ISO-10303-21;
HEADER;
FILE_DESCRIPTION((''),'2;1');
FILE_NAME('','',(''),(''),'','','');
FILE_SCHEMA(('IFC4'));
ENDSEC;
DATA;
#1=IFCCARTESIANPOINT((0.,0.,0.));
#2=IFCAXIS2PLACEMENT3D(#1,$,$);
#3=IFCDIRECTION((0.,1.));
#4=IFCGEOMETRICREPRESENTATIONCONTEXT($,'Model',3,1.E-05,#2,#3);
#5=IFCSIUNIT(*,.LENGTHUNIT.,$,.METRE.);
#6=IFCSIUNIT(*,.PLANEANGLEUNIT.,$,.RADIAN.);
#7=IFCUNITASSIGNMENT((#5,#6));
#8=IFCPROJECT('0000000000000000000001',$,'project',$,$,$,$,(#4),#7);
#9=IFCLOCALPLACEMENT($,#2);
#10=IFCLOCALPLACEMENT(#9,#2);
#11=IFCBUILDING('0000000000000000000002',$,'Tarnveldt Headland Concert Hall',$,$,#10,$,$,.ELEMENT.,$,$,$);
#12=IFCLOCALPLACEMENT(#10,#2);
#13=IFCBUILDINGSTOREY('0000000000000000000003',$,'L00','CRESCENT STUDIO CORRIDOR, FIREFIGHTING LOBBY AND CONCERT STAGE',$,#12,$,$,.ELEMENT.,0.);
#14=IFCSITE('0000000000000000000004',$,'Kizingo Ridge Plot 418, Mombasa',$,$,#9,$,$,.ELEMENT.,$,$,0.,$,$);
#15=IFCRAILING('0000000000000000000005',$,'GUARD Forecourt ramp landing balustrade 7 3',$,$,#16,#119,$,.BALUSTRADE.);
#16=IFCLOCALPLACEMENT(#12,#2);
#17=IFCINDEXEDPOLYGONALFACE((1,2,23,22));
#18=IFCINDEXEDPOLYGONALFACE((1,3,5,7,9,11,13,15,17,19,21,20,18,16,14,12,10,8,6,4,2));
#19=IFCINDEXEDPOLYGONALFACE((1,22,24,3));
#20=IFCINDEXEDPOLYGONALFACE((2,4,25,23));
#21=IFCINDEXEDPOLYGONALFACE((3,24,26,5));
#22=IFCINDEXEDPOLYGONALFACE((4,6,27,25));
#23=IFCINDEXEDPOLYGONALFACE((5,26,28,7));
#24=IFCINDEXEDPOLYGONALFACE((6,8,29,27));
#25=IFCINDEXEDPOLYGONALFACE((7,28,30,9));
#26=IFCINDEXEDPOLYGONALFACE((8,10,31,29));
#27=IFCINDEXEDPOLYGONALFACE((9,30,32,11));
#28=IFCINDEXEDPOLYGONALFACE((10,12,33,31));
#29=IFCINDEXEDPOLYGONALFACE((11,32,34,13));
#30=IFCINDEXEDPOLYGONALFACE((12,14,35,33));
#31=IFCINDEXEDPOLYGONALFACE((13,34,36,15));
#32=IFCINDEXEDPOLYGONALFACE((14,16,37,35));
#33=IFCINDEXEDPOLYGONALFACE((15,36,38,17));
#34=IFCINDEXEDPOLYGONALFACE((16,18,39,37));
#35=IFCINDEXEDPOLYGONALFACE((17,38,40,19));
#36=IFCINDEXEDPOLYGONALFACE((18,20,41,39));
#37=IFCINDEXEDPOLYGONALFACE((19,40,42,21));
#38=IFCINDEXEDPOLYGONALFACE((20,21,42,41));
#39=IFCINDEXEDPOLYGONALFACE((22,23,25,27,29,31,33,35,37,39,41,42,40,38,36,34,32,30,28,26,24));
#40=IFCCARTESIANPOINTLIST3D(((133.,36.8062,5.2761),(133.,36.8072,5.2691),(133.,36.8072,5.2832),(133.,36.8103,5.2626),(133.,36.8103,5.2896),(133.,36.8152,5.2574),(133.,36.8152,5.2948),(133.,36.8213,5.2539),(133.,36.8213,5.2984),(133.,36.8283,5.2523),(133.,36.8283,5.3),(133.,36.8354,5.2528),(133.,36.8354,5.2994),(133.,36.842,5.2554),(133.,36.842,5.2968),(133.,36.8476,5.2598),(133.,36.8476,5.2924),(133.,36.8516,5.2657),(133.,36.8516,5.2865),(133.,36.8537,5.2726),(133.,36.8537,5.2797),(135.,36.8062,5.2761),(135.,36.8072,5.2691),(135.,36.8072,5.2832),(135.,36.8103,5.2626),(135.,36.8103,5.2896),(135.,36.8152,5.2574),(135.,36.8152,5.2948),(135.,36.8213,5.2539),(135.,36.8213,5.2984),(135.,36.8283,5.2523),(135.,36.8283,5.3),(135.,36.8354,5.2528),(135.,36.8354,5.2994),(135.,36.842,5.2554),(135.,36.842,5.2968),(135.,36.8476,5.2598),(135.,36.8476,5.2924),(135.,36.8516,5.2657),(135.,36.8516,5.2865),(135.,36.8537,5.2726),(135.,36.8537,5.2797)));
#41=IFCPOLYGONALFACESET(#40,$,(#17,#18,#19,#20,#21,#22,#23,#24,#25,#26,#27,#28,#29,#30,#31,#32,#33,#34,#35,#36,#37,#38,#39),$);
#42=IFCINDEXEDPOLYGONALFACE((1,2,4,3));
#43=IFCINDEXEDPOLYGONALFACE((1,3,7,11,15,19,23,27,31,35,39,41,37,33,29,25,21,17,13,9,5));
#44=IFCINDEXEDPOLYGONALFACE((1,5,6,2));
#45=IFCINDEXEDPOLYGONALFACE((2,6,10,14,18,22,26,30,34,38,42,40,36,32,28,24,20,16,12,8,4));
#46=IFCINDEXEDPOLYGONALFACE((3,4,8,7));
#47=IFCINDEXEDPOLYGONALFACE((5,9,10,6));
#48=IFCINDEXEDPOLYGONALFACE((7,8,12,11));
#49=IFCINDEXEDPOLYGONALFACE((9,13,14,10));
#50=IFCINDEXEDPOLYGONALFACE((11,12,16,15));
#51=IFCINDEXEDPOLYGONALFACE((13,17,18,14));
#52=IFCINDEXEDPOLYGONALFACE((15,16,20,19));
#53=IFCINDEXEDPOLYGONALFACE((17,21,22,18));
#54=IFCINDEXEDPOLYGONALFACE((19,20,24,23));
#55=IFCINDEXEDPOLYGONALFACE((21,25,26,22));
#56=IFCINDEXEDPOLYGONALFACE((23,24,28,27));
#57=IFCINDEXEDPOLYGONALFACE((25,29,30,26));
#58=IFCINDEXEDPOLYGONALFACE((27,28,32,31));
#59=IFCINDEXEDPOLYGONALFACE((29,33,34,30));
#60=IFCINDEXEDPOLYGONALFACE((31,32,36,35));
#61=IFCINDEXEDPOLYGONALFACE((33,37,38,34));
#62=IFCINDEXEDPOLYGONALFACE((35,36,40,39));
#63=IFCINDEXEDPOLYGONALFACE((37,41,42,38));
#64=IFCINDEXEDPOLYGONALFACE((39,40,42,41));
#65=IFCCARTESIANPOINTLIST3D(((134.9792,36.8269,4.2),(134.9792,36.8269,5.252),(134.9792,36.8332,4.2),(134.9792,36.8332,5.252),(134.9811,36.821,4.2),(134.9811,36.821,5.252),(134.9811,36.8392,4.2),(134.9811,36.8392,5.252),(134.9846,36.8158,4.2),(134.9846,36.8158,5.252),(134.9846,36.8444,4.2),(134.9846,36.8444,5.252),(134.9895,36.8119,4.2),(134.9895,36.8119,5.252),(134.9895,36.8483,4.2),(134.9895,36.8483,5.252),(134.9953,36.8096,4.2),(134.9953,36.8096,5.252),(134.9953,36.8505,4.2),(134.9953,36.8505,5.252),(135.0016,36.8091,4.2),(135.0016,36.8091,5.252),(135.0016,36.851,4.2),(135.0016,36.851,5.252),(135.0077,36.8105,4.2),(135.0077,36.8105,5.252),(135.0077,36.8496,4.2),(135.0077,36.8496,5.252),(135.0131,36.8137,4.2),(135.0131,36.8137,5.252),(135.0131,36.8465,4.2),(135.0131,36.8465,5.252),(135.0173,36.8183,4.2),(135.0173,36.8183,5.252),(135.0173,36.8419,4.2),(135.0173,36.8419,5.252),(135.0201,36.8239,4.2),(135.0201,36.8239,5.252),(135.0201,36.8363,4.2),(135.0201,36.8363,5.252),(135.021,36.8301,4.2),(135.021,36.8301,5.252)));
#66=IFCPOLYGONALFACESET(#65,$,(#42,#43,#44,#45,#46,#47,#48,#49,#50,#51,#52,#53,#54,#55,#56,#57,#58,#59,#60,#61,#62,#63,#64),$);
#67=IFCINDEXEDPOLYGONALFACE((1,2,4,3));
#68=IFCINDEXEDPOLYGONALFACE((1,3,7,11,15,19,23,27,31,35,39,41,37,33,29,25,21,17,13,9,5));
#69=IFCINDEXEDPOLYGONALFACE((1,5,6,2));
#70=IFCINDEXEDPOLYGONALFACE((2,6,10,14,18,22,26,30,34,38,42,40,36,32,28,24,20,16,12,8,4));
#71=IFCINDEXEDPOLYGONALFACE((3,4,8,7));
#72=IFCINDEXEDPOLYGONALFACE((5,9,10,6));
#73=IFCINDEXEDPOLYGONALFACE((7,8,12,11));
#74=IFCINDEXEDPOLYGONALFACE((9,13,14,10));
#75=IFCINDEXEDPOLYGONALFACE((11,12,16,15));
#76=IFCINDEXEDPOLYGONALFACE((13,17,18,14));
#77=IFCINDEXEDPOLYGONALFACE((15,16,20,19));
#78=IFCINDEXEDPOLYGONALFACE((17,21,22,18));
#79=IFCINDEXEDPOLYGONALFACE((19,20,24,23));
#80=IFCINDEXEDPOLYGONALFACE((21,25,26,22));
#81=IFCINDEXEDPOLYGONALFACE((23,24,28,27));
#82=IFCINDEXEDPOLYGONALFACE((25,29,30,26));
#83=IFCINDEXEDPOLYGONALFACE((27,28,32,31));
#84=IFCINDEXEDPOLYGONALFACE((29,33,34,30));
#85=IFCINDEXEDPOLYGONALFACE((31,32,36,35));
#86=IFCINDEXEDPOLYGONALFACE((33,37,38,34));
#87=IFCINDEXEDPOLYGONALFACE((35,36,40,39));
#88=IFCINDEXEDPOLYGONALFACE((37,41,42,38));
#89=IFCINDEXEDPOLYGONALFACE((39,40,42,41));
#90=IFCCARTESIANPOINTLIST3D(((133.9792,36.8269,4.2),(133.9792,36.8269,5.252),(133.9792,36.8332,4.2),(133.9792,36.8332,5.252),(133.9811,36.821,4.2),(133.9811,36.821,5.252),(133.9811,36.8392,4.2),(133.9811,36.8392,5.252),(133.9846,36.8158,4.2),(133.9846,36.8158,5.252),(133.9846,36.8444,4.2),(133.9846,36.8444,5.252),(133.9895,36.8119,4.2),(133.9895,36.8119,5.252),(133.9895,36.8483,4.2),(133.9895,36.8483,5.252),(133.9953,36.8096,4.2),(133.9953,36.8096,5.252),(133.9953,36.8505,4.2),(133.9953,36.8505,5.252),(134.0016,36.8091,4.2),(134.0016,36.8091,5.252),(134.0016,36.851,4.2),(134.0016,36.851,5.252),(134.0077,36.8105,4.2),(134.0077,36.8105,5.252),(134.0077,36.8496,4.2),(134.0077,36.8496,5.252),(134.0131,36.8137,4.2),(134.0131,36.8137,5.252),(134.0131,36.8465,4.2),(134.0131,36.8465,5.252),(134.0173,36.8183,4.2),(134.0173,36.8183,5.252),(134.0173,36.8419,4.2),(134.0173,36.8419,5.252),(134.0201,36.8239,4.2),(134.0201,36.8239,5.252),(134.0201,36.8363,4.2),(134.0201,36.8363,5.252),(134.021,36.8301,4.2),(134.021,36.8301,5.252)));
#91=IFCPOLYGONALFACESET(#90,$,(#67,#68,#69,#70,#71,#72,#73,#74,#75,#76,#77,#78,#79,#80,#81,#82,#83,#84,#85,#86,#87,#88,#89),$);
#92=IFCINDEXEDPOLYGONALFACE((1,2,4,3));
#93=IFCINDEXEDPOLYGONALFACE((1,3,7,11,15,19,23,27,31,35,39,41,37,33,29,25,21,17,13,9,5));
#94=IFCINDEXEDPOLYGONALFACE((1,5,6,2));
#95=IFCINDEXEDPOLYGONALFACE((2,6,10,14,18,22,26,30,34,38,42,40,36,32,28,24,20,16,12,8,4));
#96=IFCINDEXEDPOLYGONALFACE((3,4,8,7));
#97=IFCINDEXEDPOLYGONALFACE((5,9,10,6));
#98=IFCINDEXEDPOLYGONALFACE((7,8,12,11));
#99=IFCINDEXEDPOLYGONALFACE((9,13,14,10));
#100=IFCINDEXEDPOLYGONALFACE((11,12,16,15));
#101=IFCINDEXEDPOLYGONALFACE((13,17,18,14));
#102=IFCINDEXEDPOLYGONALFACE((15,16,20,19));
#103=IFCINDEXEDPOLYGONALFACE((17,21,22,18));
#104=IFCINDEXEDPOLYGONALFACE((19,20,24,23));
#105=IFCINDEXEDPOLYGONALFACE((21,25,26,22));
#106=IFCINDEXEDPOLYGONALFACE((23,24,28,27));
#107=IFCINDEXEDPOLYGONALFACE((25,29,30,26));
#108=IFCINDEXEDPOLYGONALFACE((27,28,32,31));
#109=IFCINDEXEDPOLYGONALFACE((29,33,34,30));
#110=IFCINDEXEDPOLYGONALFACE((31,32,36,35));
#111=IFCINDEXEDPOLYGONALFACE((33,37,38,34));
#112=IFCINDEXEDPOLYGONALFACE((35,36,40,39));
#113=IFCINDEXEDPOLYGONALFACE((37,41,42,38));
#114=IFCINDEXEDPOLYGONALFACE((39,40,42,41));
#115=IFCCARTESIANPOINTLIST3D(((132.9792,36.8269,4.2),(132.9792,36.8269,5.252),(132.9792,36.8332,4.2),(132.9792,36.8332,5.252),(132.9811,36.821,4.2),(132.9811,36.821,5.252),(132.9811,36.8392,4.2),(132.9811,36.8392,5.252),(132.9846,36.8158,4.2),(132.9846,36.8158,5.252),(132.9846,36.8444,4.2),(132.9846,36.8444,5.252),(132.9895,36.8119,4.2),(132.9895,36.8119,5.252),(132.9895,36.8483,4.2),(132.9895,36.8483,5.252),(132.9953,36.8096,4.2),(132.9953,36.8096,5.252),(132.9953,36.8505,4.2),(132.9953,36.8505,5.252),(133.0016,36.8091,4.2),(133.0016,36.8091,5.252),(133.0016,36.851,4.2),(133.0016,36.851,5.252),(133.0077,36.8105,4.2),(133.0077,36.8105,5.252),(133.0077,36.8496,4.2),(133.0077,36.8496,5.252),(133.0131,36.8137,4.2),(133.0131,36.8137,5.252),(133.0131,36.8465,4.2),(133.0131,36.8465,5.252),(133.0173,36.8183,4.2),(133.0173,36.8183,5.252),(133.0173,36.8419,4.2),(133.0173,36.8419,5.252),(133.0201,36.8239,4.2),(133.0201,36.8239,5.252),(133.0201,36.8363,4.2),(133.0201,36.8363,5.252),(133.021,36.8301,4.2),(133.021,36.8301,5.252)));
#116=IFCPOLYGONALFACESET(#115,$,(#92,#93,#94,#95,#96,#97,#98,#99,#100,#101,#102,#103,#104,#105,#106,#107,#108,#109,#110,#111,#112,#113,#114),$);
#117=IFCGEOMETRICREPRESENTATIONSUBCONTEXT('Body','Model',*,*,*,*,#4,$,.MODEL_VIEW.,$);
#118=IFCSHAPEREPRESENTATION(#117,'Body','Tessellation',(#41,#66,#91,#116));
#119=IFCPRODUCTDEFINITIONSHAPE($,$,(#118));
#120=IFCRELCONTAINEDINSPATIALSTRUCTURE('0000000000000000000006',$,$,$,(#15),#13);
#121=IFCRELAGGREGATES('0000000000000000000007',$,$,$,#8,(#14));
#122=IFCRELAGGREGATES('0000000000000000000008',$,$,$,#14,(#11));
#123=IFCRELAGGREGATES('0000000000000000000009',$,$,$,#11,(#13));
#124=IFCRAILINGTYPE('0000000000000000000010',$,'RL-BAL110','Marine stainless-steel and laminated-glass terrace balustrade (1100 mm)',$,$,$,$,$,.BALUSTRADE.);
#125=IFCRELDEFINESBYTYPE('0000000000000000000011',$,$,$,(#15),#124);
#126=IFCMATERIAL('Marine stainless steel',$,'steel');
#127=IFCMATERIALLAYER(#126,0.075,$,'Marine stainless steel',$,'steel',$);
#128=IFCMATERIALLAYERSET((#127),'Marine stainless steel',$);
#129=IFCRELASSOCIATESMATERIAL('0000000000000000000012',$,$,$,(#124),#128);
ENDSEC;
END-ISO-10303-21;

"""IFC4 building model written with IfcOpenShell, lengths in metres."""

from ifc_helpers import new_model, si_unit, direction, frame, origin, origin_2d, place, context, subcontext, project, spatial, circle, extrude, material, layer, layer_set, type_object, element, save


model = new_model("IFC4")

# Units and contexts
model_context = context("Model", 3, precision=1e-05, world=origin(), true_north=direction((0.0, 1.0)))
body_context = subcontext(model_context, "Body", "Model", "MODEL_VIEW")
ifc_project = project(units=[si_unit("LENGTHUNIT", "METRE"), si_unit("PLANEANGLEUNIT", "RADIAN")], contexts=[model_context])

# Site, building, storey
site_placement = place(None, origin())
site = spatial("IfcSite", under=ifc_project, at=site_placement, Name="Kizingo Ridge Plot 418, Mombasa", CompositionType="ELEMENT", RefElevation=0.0)
building_placement = place(site_placement, origin())
building = spatial("IfcBuilding", under=site, at=building_placement, Name="Tarnveldt Headland Concert Hall", CompositionType="ELEMENT")
storey_placement = place(building_placement, origin())
storey = spatial("IfcBuildingStorey", under=building, at=storey_placement, Name="L00", Description="CRESCENT STUDIO CORRIDOR, FIREFIGHTING LOBBY AND CONCERT STAGE", CompositionType="ELEMENT", Elevation=0.0)

# Railing
ifc_material_1 = material(Name="Marine stainless steel", Category="steel")
ifc_layer_1 = layer(ifc_material_1, 0.075, Name="Marine stainless steel", Category="steel")
ifc_layer_set_1 = layer_set([ifc_layer_1], Name="Marine stainless steel")
railing_type = type_object("IfcRailingType", Name="RL-BAL110", Description="Marine stainless-steel and laminated-glass terrace balustrade (1100 mm)", PredefinedType="BALUSTRADE", material=ifc_layer_set_1)
railing_1_placement = place(storey_placement, frame((135.0, 36.8301, 4.2)))
element("IfcRailing", 1, at=railing_1_placement, inside=storey, type_object=railing_type, Name="GUARD Forecourt ramp landing balustrade 7 3", PredefinedType="BALUSTRADE", context=body_context, shape_type="SweptSolid", body=[
    extrude(circle(Radius=0.0239, at=origin_2d()), frame((0.0, 0.0, 1.0762), z_axis=(-1.0, 0.0, 0.0), x_axis=(0.0, -1.0, 0.0)), (0.0, 0.0, 1.0), 2.0),
    extrude(circle(Radius=0.021, at=origin_2d()), origin(), (0.0, 0.0, 1.0), 1.052),
    extrude(circle(Radius=0.021, at=origin_2d()), frame((-1.0, 0.0, 0.0)), (0.0, 0.0, 1.0), 1.052),
    extrude(circle(Radius=0.021, at=origin_2d()), frame((-2.0, 0.0, 0.0)), (0.0, 0.0, 1.0), 1.052),
])

save(model, "model.ifc")
